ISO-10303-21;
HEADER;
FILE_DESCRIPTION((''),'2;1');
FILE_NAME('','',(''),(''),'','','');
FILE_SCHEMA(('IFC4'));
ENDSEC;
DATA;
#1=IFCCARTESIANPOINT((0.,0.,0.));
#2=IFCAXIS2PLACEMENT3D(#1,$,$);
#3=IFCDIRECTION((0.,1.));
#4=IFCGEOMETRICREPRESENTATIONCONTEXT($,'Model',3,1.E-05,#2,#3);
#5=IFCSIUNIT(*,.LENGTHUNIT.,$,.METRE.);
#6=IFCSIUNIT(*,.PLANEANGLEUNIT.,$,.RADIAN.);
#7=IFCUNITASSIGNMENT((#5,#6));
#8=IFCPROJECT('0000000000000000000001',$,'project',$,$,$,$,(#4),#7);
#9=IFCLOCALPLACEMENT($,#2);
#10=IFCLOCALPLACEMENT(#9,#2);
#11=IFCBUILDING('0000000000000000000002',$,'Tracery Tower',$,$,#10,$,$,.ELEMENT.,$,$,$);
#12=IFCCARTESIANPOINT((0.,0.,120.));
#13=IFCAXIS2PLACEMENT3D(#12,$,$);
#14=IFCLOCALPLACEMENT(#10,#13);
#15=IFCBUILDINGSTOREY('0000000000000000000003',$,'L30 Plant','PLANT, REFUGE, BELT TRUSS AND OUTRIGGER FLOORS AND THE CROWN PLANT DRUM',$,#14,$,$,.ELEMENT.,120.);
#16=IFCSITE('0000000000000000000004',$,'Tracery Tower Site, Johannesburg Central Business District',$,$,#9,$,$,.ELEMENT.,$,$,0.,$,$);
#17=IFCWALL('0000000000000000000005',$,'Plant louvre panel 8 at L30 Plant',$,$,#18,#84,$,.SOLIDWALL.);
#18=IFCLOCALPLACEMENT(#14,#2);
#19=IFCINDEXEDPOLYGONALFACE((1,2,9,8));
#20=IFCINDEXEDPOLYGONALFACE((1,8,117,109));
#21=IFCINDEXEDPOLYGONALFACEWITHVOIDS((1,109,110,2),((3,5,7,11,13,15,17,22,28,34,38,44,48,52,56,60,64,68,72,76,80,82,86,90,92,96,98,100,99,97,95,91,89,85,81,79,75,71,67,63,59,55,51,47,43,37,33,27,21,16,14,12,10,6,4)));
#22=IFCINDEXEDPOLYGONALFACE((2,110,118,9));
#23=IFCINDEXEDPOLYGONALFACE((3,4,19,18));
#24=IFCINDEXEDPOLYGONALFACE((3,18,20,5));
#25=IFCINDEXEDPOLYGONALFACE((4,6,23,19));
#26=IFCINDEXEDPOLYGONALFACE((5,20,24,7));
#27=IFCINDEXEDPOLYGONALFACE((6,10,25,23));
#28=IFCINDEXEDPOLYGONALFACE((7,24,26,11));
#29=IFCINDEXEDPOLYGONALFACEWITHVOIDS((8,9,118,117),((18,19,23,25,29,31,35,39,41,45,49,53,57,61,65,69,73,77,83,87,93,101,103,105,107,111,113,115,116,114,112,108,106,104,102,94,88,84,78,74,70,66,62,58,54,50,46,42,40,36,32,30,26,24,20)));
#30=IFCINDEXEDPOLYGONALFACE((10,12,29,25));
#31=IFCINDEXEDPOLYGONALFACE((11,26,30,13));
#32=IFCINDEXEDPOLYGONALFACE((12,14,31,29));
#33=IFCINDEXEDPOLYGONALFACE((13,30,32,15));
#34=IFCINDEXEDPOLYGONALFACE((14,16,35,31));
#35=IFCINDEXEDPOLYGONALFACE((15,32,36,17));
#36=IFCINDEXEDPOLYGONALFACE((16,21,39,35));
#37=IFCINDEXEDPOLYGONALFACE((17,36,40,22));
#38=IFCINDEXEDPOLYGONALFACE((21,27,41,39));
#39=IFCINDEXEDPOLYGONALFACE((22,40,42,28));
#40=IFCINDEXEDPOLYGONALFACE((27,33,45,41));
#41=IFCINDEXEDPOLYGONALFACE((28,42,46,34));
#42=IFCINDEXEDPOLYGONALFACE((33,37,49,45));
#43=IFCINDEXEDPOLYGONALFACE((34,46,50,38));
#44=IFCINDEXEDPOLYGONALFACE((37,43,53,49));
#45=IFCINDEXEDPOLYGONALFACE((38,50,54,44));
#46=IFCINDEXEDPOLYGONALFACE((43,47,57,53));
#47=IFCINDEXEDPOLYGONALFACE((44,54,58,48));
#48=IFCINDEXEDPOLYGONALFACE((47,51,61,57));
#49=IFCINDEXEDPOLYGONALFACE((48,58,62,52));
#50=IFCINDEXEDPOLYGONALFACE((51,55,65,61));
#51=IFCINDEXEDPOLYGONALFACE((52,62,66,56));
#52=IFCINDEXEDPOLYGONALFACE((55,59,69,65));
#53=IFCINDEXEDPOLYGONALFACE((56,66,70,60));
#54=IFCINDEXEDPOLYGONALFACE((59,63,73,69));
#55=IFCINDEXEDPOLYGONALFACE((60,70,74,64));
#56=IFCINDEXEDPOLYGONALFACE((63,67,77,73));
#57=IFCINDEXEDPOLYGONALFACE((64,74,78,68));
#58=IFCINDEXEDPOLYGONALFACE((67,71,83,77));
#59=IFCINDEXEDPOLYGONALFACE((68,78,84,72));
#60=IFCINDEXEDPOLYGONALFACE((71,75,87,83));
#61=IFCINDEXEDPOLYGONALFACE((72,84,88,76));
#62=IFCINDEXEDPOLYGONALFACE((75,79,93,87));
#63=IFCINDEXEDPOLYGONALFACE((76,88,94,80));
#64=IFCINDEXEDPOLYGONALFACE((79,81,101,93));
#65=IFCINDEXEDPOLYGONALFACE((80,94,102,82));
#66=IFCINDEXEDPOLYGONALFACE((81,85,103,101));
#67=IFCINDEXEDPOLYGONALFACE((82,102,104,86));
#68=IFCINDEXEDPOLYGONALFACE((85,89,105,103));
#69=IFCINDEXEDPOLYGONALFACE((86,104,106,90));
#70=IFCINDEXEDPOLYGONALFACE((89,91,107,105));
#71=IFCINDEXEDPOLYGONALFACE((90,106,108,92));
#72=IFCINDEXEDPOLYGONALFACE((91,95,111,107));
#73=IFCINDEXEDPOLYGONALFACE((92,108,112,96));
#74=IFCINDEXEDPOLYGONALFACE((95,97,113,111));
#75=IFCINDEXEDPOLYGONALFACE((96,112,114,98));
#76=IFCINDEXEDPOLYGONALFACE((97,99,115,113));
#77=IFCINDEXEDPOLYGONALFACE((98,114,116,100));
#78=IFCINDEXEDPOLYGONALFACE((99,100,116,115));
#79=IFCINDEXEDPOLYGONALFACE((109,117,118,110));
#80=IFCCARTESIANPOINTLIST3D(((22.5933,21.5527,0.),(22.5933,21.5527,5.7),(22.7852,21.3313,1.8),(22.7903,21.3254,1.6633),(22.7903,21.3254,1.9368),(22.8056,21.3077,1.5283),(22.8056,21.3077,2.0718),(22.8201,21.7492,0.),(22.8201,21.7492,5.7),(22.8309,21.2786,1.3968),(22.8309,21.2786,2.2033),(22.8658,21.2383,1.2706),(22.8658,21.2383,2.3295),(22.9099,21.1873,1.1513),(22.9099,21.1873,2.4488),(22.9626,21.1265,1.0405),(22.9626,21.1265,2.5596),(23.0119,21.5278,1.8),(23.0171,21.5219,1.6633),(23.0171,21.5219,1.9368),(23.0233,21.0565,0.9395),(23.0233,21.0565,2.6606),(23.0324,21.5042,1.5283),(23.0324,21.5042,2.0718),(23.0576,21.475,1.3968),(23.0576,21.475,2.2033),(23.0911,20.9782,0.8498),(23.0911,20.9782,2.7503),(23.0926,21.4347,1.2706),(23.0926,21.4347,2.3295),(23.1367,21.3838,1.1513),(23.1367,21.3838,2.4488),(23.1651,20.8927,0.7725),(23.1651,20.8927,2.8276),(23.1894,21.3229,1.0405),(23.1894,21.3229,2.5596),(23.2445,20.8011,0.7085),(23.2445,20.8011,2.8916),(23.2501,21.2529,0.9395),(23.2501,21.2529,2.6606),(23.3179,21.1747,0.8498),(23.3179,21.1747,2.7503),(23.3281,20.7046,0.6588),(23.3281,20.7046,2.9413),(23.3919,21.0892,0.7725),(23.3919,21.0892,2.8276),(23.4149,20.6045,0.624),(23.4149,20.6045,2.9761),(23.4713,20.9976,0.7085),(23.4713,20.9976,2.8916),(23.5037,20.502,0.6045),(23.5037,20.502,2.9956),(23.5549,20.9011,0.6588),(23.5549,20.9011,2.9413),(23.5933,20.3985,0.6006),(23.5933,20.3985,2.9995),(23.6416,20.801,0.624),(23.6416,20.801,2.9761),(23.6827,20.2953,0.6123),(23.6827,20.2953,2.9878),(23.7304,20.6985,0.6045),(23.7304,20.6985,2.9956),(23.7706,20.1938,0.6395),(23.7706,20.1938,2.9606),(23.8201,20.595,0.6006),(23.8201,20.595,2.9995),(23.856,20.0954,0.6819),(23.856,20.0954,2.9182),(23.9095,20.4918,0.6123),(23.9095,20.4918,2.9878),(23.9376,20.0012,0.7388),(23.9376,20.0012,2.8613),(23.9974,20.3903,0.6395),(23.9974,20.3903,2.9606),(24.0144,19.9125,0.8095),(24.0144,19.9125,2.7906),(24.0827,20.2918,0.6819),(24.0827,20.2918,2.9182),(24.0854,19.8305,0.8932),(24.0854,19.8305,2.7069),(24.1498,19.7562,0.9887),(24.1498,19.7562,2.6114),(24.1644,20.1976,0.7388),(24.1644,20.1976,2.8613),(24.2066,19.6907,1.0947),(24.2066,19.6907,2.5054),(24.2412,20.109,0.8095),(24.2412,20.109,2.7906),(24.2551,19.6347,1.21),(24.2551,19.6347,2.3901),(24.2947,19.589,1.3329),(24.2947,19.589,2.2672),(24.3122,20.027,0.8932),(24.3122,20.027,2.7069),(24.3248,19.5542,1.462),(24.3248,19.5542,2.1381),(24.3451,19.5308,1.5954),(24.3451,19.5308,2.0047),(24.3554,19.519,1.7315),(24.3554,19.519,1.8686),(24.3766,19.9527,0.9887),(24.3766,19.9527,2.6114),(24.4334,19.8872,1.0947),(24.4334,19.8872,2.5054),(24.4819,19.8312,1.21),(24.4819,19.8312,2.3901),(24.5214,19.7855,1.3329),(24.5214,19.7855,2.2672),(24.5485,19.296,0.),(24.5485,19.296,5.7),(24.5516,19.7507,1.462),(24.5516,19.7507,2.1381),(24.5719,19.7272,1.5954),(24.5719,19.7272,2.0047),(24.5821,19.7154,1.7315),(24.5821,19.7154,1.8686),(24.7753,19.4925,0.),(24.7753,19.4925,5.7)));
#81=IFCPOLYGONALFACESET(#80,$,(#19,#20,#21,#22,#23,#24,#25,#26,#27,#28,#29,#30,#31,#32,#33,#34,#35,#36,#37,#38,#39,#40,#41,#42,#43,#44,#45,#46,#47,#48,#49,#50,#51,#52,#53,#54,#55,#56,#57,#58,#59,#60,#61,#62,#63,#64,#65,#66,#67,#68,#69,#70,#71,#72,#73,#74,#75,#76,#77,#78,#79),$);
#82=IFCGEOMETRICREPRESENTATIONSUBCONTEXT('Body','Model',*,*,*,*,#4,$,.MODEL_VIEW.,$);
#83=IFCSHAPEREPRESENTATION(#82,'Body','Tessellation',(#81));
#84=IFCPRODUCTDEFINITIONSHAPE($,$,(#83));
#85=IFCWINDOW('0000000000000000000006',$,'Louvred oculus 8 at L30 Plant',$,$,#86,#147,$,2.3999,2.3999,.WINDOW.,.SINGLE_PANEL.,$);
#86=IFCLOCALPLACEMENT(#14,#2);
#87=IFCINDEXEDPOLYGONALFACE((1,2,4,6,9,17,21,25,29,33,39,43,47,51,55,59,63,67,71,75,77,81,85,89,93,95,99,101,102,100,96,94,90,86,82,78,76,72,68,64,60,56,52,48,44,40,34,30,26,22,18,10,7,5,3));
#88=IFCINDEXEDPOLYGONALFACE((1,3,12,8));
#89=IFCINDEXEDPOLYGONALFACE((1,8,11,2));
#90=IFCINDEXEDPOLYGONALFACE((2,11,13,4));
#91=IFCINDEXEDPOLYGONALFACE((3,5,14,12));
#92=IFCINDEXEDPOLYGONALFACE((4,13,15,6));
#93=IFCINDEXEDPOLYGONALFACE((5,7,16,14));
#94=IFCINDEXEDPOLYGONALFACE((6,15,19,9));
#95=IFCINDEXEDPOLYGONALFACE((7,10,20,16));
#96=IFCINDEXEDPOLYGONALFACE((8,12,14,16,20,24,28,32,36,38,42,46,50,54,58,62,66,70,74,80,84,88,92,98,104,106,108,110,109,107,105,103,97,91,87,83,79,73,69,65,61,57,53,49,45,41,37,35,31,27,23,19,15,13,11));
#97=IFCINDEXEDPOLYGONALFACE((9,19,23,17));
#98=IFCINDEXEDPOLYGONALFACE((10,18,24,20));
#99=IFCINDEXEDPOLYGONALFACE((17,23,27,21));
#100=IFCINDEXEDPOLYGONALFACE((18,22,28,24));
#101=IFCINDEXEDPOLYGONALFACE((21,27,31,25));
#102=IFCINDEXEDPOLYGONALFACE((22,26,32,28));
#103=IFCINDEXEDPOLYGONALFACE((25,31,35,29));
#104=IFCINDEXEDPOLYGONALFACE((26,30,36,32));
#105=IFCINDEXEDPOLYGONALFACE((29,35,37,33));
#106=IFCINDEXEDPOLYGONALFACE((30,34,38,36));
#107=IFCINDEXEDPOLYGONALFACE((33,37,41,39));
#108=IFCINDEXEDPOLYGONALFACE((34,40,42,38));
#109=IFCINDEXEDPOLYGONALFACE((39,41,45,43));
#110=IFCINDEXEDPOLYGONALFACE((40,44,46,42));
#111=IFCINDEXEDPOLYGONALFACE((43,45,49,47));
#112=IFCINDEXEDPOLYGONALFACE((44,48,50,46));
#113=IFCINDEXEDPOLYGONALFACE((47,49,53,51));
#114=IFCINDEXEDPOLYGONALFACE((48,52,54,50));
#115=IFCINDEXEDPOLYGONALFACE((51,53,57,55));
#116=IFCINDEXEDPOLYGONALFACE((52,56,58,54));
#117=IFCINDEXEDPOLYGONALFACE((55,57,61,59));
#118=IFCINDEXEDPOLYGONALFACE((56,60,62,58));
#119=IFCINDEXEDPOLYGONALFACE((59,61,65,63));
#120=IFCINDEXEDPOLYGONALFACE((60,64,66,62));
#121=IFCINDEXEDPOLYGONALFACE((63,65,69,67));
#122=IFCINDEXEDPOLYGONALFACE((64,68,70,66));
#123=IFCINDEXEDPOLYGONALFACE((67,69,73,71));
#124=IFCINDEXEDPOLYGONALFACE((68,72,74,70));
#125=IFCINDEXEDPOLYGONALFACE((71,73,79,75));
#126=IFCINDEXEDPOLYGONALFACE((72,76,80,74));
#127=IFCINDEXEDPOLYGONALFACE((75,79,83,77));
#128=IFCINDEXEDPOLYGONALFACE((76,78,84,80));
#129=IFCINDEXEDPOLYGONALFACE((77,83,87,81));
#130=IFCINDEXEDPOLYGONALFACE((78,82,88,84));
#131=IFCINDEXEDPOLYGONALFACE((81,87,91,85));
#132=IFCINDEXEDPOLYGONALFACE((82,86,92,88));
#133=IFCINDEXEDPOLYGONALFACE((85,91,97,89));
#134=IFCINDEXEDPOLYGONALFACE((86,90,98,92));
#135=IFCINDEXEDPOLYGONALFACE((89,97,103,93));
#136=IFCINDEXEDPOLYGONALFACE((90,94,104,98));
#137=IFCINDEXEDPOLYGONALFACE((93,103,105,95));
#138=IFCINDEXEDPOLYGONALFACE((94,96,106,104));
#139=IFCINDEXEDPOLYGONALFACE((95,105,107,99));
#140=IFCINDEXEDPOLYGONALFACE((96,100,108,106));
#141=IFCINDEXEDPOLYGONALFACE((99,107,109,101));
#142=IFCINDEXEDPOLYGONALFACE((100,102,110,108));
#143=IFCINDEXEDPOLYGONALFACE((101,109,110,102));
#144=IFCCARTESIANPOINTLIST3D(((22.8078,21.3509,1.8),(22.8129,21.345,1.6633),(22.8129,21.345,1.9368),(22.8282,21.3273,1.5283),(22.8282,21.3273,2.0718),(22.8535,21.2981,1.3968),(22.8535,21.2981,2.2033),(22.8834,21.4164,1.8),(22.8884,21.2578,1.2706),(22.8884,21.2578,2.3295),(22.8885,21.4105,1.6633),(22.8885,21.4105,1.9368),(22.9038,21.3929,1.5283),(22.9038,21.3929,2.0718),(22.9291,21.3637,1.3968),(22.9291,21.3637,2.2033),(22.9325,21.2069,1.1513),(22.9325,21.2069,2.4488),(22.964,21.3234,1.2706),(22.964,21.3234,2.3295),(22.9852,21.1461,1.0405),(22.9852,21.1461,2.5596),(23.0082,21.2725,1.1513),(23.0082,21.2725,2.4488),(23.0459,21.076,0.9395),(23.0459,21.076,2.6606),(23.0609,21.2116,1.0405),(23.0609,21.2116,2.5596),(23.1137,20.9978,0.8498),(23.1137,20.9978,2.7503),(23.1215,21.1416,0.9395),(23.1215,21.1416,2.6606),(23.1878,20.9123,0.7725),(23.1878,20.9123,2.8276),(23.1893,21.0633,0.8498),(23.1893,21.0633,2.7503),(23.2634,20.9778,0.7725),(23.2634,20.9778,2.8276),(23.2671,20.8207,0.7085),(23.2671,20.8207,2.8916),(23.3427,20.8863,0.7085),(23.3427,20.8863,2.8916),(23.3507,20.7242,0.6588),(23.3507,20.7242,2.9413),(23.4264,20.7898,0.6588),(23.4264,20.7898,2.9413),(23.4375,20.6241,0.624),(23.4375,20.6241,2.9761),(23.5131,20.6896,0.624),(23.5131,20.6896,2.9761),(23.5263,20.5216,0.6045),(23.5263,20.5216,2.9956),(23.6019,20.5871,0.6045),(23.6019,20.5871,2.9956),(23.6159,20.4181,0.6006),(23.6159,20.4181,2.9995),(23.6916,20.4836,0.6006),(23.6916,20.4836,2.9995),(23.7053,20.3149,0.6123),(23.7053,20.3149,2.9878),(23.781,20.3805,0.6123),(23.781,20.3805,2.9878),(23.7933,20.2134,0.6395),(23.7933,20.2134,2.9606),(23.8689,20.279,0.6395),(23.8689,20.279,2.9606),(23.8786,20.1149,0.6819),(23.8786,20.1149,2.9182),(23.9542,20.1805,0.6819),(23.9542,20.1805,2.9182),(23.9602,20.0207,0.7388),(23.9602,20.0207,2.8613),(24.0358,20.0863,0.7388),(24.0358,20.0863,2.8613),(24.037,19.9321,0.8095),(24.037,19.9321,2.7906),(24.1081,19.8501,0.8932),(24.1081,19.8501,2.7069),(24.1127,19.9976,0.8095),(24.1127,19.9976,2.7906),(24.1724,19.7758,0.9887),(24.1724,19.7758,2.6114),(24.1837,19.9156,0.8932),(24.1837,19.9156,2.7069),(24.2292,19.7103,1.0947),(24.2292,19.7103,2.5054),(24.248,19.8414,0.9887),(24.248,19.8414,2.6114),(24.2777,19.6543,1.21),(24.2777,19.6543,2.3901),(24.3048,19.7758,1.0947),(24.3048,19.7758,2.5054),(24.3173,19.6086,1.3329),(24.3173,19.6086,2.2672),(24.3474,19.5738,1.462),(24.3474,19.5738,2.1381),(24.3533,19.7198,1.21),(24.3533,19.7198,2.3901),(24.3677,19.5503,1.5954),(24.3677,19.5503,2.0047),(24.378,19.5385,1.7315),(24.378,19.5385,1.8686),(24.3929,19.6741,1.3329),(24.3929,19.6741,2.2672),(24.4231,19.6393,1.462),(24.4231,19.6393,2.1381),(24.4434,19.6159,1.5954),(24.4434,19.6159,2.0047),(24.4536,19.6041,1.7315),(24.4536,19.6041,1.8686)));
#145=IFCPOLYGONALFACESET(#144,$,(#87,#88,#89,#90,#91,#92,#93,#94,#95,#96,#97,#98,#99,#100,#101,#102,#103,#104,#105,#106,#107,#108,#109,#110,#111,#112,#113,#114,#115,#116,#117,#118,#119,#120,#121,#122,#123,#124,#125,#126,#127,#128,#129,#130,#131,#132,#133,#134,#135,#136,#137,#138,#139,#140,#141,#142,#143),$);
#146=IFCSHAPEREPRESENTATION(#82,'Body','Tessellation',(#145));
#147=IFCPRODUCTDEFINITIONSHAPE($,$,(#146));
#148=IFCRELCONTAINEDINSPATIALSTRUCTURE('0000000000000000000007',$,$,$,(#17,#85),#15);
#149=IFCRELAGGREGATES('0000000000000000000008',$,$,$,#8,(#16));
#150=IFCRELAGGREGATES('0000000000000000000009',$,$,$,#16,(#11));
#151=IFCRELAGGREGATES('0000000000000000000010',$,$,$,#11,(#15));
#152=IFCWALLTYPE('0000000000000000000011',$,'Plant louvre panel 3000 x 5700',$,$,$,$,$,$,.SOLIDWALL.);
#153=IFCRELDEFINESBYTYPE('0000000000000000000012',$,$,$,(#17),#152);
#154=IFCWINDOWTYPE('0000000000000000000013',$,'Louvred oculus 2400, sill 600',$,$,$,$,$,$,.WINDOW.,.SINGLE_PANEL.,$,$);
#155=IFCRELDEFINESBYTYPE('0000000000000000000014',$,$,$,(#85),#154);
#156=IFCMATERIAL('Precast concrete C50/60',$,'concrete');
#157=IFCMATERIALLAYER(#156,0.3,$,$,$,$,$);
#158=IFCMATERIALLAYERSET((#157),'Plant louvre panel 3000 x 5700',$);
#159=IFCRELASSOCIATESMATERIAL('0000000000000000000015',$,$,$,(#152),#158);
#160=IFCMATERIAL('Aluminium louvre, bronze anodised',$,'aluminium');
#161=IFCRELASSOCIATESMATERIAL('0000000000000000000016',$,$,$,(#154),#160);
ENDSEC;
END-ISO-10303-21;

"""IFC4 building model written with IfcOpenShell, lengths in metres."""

from ifc_helpers import new_model, si_unit, direction, frame, frame_2d, origin, origin_2d, place, context, subcontext, project, spatial, rectangle, circle, extrude, material, layer, layer_set, type_object, element, fill, save


model = new_model("IFC4")

# Units and contexts
model_context = context("Model", 3, precision=1e-05, world=origin(), true_north=direction((0.0, 1.0)))
body_context = subcontext(model_context, "Body", "Model", "MODEL_VIEW")
ifc_project = project(units=[si_unit("LENGTHUNIT", "METRE"), si_unit("PLANEANGLEUNIT", "RADIAN")], contexts=[model_context])

# Site, building, storey
site_placement = place(None, origin())
site = spatial("IfcSite", under=ifc_project, at=site_placement, Name="Tracery Tower Site, Johannesburg Central Business District", CompositionType="ELEMENT", RefElevation=0.0)
building_placement = place(site_placement, origin())
building = spatial("IfcBuilding", under=site, at=building_placement, Name="Tracery Tower", CompositionType="ELEMENT")
storey_placement = place(building_placement, frame((0.0, 0.0, 120.0)))
storey = spatial("IfcBuildingStorey", under=building, at=storey_placement, Name="L30 Plant", Description="PLANT, REFUGE, BELT TRUSS AND OUTRIGGER FLOORS AND THE CROWN PLANT DRUM", CompositionType="ELEMENT", Elevation=120.0)

# Wall, opening, window
ifc_material_1 = material(Name="Precast concrete C50/60", Category="concrete")
ifc_layer_1 = layer(ifc_material_1, 0.3)
ifc_layer_set_1 = layer_set([ifc_layer_1], Name="Plant louvre panel 3000 x 5700")
wall_type_1 = type_object("IfcWallType", Name="Plant louvre panel 3000 x 5700", PredefinedType="SOLIDWALL", material=ifc_layer_set_1)
ifc_material_2 = material(Name="Aluminium louvre, bronze anodised", Category="aluminium")
window_type = type_object("IfcWindowType", Name="Louvred oculus 2400, sill 600", PartitioningType="SINGLE_PANEL", PredefinedType="WINDOW", material=ifc_material_2)
wall_1_placement = place(storey_placement, frame((24.6619, 19.3943, 0.0), z_axis=(0.0, 0.0, 1.0), x_axis=(-0.654809, 0.755794, 0.0)))
wall_1 = element("IfcWall", 1, at=wall_1_placement, inside=storey, type_object=wall_type_1, Name="Plant louvre panel 8 at L30 Plant", PredefinedType="SOLIDWALL", context=body_context, shape_type="SweptSolid", body=[
    extrude(rectangle(XDim=2.9858, YDim=0.3, at=frame_2d((1.4929, 0.0))), origin(), (0.0, 0.0, 1.0), 5.7),
])
opening_1_placement = place(wall_1_placement, frame((1.4929, 0.0, 1.8)))
opening_1 = element("IfcOpeningElement", 2, at=opening_1_placement, cuts=wall_1, PredefinedType="OPENING", context=body_context, shape_type="SweptSolid", body=[
    extrude(circle(Radius=1.2, at=origin_2d()), frame((0.0, 0.1599, 0.0), z_axis=(0.0, -1.0, 0.0), x_axis=(1.0, 0.0, 0.0)), (0.0, 0.0, 1.0), 0.3201),
])
window_1_placement = place(opening_1_placement, origin())
window_1 = element("IfcWindow", 3, at=window_1_placement, inside=storey, type_object=window_type, Name="Louvred oculus 8 at L30 Plant", OverallHeight=2.3999, OverallWidth=2.3999, PartitioningType="SINGLE_PANEL", PredefinedType="WINDOW", context=body_context, shape_type="SweptSolid", body=[
    extrude(circle(Radius=1.2, at=origin_2d()), frame((0.0, 0.1201, 0.0), z_axis=(0.0, -1.0, 0.0), x_axis=(1.0, 0.0, 0.0)), (0.0, 0.0, 1.0), 0.1001),
])
fill(opening_1, window_1)

save(model, "model.ifc")
